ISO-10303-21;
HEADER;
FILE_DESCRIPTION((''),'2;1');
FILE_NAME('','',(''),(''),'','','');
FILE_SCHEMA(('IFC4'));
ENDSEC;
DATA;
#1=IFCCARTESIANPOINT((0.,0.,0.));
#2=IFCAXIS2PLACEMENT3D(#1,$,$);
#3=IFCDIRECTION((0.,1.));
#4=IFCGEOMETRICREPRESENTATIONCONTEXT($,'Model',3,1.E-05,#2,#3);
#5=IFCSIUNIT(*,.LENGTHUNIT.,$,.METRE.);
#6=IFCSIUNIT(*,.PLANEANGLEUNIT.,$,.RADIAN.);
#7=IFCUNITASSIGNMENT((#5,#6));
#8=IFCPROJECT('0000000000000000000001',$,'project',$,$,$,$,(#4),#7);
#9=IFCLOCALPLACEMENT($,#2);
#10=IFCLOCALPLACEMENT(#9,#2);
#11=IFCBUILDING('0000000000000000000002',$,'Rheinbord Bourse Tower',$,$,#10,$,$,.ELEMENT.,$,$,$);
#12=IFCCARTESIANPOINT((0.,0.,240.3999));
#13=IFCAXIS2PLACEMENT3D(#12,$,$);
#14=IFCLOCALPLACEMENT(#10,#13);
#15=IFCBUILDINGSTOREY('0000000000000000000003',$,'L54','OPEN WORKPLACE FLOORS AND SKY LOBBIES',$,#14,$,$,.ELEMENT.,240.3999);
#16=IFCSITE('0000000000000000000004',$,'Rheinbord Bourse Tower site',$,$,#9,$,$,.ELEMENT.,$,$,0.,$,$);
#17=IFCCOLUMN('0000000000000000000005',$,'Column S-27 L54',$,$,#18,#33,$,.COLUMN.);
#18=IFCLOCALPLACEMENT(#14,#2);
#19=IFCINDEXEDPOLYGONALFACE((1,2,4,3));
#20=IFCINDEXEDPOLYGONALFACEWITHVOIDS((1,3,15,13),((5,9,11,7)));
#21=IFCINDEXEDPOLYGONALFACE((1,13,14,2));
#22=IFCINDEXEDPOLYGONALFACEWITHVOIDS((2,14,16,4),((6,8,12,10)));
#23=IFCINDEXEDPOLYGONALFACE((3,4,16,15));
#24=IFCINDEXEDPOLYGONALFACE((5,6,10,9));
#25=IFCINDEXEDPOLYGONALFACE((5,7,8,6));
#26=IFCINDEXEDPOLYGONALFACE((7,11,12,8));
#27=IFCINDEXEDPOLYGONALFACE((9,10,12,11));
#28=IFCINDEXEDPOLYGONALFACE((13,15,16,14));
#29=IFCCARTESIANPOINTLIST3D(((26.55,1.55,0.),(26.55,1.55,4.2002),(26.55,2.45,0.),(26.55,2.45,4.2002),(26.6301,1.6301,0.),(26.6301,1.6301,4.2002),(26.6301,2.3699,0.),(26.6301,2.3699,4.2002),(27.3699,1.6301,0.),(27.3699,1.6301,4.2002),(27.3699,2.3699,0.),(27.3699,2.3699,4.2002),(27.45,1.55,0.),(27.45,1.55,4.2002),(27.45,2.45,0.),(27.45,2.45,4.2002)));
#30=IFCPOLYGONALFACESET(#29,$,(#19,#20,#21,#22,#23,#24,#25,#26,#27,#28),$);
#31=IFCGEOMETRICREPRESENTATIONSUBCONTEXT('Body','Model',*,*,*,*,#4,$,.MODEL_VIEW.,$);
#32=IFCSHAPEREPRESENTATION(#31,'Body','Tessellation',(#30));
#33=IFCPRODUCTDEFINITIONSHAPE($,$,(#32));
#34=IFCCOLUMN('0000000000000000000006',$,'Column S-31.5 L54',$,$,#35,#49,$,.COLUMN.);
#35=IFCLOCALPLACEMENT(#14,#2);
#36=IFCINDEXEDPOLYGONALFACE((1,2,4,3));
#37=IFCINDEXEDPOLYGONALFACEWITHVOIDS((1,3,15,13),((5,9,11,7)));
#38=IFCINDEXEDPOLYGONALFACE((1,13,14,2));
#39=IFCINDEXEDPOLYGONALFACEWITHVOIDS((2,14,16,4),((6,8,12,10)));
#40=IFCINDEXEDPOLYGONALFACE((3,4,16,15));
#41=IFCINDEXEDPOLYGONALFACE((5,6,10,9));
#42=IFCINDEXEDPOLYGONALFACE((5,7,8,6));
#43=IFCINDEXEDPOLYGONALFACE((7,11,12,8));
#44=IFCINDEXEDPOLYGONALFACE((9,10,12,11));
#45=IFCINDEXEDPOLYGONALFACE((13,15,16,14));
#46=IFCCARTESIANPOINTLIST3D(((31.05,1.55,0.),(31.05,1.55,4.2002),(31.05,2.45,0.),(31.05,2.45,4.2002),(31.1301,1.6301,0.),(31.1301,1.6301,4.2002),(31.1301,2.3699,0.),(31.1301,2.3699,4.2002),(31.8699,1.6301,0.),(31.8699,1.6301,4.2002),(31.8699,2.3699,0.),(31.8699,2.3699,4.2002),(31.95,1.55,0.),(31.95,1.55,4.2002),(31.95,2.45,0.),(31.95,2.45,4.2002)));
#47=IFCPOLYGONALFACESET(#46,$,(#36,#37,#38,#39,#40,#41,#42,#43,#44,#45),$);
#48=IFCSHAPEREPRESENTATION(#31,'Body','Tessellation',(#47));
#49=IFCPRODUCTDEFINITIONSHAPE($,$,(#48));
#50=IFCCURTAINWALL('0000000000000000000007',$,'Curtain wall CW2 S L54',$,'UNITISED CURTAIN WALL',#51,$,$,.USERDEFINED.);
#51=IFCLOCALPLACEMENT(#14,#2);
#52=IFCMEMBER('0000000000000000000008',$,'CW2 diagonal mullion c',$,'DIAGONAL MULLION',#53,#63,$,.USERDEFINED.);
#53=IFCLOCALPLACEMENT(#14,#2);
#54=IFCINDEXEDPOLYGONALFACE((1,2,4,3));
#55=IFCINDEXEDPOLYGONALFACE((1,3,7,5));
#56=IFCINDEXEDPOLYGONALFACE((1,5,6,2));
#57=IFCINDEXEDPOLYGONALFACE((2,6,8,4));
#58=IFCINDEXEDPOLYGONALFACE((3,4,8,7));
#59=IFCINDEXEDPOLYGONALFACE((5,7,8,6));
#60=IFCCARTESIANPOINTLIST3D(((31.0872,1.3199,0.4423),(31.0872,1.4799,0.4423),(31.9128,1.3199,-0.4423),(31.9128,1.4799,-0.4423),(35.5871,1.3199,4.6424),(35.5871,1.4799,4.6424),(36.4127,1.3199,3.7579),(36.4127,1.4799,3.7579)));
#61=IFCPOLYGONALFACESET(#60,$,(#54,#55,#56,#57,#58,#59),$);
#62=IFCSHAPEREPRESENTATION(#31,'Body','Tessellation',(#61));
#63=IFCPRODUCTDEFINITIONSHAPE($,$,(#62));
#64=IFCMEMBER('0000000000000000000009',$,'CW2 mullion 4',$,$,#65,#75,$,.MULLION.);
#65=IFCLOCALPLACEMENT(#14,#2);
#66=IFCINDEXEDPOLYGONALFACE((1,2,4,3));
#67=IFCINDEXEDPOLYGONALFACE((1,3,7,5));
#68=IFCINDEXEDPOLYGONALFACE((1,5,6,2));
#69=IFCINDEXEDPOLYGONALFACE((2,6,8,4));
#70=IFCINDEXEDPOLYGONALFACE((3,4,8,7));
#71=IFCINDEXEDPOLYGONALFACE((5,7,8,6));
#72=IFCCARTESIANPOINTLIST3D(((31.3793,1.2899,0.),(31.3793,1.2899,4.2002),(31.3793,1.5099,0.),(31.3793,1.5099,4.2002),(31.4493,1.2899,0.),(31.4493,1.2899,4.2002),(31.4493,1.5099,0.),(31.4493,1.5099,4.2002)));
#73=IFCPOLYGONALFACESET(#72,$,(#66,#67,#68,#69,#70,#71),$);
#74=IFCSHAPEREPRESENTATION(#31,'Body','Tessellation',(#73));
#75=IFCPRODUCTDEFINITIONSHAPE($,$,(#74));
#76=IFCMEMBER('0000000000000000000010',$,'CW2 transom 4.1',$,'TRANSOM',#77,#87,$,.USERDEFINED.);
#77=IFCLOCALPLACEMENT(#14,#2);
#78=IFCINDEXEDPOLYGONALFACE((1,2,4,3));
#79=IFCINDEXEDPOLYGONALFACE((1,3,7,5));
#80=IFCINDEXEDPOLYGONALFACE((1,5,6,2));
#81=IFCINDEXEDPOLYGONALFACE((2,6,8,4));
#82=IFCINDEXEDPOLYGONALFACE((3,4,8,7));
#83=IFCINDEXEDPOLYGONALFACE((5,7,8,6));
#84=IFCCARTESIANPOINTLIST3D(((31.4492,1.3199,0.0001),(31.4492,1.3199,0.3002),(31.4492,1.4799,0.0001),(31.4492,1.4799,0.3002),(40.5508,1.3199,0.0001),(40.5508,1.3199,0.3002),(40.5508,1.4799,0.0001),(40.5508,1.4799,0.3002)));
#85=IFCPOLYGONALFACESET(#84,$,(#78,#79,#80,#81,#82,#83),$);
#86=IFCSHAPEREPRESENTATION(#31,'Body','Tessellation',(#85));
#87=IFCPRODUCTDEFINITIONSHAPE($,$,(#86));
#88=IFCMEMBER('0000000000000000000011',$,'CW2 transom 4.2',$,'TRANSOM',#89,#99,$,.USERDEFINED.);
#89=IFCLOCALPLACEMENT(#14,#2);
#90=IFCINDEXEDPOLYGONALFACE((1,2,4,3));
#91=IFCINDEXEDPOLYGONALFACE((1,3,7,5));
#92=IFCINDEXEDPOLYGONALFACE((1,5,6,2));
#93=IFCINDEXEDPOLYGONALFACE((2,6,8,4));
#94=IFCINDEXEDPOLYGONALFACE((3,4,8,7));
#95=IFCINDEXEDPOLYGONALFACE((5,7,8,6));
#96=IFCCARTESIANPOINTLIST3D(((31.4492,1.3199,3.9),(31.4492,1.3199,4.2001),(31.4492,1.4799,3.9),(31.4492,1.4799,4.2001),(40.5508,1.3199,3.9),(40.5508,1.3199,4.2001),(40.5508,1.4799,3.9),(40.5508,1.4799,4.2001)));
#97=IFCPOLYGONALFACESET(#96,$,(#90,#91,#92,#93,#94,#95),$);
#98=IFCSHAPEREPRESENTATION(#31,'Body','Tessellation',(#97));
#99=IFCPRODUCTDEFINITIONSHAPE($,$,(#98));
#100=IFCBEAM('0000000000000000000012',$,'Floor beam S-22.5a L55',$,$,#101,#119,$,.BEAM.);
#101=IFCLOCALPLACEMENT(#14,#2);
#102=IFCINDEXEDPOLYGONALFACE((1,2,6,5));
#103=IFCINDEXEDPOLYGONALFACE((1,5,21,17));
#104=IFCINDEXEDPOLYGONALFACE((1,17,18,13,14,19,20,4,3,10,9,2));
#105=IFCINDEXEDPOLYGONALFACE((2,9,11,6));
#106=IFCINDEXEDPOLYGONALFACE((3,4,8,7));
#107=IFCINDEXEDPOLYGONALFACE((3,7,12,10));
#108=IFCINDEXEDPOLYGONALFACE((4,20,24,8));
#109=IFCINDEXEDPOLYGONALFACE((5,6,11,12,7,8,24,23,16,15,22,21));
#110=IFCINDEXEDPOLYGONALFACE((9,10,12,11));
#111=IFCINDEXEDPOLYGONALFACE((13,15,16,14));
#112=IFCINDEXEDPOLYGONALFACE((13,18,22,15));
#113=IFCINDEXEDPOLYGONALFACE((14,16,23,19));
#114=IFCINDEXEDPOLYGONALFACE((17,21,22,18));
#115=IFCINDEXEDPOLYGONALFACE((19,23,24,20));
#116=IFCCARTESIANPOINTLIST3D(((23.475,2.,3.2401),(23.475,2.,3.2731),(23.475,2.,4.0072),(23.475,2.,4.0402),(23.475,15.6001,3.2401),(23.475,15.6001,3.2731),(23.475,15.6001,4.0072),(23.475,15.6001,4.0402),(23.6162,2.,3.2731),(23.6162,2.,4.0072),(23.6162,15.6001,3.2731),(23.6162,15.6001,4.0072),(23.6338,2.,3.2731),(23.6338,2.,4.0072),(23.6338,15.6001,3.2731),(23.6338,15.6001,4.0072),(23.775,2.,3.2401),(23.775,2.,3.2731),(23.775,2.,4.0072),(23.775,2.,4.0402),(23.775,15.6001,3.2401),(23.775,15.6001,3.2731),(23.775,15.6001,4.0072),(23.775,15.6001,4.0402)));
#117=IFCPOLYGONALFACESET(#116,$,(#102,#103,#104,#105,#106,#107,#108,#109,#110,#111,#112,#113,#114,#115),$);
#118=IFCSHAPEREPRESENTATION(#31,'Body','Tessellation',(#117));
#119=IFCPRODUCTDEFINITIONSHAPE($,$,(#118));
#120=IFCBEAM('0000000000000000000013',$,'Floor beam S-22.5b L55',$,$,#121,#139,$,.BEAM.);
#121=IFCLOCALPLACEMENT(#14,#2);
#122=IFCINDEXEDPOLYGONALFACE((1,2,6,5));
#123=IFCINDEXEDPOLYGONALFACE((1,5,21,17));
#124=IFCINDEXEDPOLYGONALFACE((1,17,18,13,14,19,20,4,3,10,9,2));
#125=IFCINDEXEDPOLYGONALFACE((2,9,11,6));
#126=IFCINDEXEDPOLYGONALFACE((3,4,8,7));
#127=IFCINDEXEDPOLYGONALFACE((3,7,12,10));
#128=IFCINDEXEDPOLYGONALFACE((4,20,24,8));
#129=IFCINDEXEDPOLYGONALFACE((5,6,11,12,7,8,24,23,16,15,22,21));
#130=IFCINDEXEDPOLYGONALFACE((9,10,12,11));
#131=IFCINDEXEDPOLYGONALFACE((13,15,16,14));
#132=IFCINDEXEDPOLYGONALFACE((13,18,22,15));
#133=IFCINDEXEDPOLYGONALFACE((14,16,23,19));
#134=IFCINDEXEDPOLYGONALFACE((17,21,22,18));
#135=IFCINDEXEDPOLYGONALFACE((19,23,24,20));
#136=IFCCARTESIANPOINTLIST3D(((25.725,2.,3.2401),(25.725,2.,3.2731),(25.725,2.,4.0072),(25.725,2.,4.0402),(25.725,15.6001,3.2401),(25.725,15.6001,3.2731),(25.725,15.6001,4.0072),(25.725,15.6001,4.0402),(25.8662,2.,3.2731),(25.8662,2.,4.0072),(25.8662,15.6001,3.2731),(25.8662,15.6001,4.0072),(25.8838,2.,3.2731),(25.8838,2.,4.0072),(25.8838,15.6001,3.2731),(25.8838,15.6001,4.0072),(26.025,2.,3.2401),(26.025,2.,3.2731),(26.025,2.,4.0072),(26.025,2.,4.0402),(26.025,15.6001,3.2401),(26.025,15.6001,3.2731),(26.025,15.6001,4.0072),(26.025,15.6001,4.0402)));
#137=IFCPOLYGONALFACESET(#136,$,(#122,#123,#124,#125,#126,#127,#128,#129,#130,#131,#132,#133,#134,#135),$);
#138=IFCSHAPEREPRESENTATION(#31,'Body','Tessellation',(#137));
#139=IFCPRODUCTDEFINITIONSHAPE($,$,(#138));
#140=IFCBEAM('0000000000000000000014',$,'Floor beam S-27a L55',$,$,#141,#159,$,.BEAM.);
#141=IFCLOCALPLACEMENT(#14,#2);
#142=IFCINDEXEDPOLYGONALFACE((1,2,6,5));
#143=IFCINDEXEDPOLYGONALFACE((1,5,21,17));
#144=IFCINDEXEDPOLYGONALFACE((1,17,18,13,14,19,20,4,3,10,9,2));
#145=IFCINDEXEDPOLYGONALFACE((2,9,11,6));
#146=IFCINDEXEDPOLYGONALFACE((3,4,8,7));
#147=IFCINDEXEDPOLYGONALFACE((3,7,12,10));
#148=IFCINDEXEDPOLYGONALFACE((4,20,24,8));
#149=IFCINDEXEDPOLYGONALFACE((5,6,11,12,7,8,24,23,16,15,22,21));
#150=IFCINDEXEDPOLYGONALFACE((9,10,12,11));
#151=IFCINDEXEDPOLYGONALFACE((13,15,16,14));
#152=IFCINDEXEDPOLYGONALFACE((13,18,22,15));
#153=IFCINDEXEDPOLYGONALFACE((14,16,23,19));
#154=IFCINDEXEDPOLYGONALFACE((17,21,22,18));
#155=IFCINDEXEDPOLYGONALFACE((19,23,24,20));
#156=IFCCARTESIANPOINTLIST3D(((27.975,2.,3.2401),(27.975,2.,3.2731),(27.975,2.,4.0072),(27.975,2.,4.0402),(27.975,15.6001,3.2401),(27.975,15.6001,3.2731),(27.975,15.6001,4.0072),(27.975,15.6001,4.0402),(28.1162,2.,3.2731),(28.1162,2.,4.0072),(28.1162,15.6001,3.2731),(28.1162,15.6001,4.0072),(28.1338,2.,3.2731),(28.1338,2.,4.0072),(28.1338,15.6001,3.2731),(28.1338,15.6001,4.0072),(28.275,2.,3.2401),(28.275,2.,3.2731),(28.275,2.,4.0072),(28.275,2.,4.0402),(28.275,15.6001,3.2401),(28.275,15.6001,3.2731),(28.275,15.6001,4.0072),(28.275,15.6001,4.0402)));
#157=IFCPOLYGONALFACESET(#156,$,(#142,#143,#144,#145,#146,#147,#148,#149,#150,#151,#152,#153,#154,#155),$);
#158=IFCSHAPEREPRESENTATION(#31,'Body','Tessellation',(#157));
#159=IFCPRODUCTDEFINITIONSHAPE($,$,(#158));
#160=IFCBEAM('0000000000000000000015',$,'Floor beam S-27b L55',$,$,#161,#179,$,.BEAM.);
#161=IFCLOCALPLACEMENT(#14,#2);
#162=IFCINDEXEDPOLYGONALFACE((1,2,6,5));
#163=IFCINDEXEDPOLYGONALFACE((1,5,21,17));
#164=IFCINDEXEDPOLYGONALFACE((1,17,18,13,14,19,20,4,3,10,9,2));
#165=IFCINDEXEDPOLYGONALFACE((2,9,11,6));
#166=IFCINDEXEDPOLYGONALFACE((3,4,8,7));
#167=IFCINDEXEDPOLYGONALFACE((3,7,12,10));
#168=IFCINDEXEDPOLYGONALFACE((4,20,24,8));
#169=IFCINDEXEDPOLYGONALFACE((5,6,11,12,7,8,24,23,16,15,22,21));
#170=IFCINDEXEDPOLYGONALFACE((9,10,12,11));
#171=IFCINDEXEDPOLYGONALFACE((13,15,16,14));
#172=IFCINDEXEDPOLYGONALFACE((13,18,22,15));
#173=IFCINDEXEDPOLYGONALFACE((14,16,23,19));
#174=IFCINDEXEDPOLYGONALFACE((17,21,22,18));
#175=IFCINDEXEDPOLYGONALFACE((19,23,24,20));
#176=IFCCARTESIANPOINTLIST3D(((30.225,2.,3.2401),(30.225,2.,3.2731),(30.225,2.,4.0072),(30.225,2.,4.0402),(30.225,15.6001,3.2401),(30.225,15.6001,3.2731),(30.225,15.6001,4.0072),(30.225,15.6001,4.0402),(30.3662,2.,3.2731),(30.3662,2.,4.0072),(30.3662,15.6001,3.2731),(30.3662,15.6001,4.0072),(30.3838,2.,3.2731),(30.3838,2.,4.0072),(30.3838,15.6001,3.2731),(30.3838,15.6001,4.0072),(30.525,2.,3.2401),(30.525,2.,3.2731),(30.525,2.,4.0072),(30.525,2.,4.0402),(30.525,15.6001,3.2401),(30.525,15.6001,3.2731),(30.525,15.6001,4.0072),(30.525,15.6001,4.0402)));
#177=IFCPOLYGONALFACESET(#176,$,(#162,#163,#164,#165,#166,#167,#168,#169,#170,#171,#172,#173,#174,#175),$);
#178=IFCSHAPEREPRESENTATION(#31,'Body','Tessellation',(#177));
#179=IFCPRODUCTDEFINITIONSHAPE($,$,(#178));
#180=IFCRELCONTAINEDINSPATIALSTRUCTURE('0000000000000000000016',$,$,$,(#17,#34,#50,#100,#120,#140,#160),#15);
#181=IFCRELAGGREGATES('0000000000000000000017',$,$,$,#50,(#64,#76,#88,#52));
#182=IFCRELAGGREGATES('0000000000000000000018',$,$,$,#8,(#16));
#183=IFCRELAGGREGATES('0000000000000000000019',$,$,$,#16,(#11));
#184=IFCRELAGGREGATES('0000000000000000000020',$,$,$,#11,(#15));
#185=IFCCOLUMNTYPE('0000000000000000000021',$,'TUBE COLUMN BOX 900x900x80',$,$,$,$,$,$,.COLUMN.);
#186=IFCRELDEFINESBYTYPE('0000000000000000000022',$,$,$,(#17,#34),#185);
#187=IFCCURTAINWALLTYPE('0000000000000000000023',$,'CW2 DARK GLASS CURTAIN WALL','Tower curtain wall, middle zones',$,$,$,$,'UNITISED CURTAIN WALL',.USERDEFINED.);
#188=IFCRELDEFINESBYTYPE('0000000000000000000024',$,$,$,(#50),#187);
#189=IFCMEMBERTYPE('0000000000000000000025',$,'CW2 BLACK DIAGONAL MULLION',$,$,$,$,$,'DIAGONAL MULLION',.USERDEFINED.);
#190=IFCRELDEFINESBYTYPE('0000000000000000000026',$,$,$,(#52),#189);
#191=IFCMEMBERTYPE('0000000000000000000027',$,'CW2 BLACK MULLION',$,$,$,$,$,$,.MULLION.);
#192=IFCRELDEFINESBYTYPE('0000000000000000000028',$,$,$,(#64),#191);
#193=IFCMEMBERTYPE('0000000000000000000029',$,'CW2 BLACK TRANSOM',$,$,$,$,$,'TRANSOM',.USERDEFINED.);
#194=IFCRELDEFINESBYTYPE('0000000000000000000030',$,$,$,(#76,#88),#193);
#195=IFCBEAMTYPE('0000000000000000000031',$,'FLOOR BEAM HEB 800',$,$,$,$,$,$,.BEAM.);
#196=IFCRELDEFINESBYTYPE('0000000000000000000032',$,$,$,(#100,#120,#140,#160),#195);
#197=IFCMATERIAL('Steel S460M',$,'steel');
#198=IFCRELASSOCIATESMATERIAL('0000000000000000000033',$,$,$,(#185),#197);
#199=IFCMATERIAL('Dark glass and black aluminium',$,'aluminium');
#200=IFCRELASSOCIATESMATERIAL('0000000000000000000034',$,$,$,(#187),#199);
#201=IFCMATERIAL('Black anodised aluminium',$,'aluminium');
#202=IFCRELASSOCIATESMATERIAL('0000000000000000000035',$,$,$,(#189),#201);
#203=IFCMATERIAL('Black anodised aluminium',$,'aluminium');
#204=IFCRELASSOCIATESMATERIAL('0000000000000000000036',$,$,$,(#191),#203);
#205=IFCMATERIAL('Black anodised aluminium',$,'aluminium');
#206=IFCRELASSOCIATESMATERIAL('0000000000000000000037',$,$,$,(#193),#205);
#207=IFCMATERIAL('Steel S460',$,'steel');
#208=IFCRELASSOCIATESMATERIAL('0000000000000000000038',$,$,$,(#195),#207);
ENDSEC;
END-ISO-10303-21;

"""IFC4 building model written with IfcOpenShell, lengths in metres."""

from ifc_helpers import new_model, si_unit, direction, frame, origin, origin_2d, place, context, subcontext, project, spatial, rectangle, hollow_rectangle, i_section, extrude, material, material_profile, profile_set, type_object, element, aggregate, save


model = new_model("IFC4")

# Units and contexts
model_context = context("Model", 3, precision=1e-05, world=origin(), true_north=direction((0.0, 1.0)))
body_context = subcontext(model_context, "Body", "Model", "MODEL_VIEW")
ifc_project = project(units=[si_unit("LENGTHUNIT", "METRE"), si_unit("PLANEANGLEUNIT", "RADIAN")], contexts=[model_context])

# Site, building, storey
site_placement = place(None, origin())
site = spatial("IfcSite", under=ifc_project, at=site_placement, Name="Rheinbord Bourse Tower site", CompositionType="ELEMENT", RefElevation=0.0)
building_placement = place(site_placement, origin())
building = spatial("IfcBuilding", under=site, at=building_placement, Name="Rheinbord Bourse Tower", CompositionType="ELEMENT")
storey_placement = place(building_placement, frame((0.0, 0.0, 240.3999)))
storey = spatial("IfcBuildingStorey", under=building, at=storey_placement, Name="L54", Description="OPEN WORKPLACE FLOORS AND SKY LOBBIES", CompositionType="ELEMENT", Elevation=240.3999)

# Columns
ifc_material_1 = material(Name="Steel S460M", Category="steel")
ifc_material_profile_1 = material_profile(ifc_material_1, hollow_rectangle(XDim=0.8999, YDim=0.8999, WallThickness=0.0801, at=origin_2d()), Name="BOX 900x900x80")
ifc_profile_set_1 = profile_set([ifc_material_profile_1], Name="Steel S460M")
column_type = type_object("IfcColumnType", Name="TUBE COLUMN BOX 900x900x80", PredefinedType="COLUMN", material=ifc_profile_set_1)
for number, where, z_axis, x_axis, name in (
    (1, (27.0, 2.0, 0.0), (0.0, 0.0, 1.0), (0.0, 1.0, 0.0), "Column S-27 L54"),
    (2, (31.5, 2.0, 0.0), (0.0, 0.0, 1.0), (0.0, 1.0, 0.0), "Column S-31.5 L54"),
):
    element("IfcColumn", number, at=place(storey_placement, frame(where, z_axis=z_axis, x_axis=x_axis)), inside=storey, type_object=column_type, Name=name, PredefinedType="COLUMN", context=body_context, shape_type="SweptSolid", body=[
        extrude(hollow_rectangle(XDim=0.8999, YDim=0.8999, WallThickness=0.0801, at=origin_2d()), origin(), (0.0, 0.0, 1.0), 4.2002),
    ])

# Curtain wall, members
ifc_material_2 = material(Name="Dark glass and black aluminium", Category="aluminium")
curtain_wall_type = type_object("IfcCurtainWallType", Name="CW2 DARK GLASS CURTAIN WALL", Description="Tower curtain wall, middle zones", ElementType="UNITISED CURTAIN WALL", PredefinedType="USERDEFINED", material=ifc_material_2)
curtain_wall_placement = place(storey_placement, origin())
curtain_wall = element("IfcCurtainWall", 3, at=curtain_wall_placement, inside=storey, type_object=curtain_wall_type, Name="Curtain wall CW2 S L54", ObjectType="UNITISED CURTAIN WALL", PredefinedType="USERDEFINED")
ifc_material_3 = material(Name="Black anodised aluminium", Category="aluminium")
ifc_material_profile_2 = material_profile(ifc_material_3, rectangle(XDim=0.1599, YDim=1.21, at=origin_2d()), Name="CW2 DIAGONAL MULLION 1210x160")
ifc_profile_set_2 = profile_set([ifc_material_profile_2], Name="Black anodised aluminium")
member_type_1 = type_object("IfcMemberType", Name="CW2 BLACK DIAGONAL MULLION", ElementType="DIAGONAL MULLION", PredefinedType="USERDEFINED", material=ifc_profile_set_2)
member_1_placement = place(storey_placement, frame((31.5, 1.3999, 0.0), z_axis=(0.731039, 0.0, 0.682335), x_axis=(0.0, 1.0, 0.0)))
member_1 = element("IfcMember", 4, at=member_1_placement, type_object=member_type_1, Name="CW2 diagonal mullion c", ObjectType="DIAGONAL MULLION", PredefinedType="USERDEFINED", context=body_context, shape_type="SweptSolid", body=[
    extrude(rectangle(XDim=0.1599, YDim=1.21, at=origin_2d()), origin(), (0.0, 0.0, 1.0), 6.1555),
])
ifc_material_4 = material(Name="Black anodised aluminium", Category="aluminium")
ifc_material_profile_3 = material_profile(ifc_material_4, rectangle(XDim=0.22, YDim=0.0701, at=origin_2d()), Name="CW2 MULLION 70x220")
ifc_profile_set_3 = profile_set([ifc_material_profile_3], Name="Black anodised aluminium")
member_type_2 = type_object("IfcMemberType", Name="CW2 BLACK MULLION", PredefinedType="MULLION", material=ifc_profile_set_3)
member_2_placement = place(storey_placement, frame((31.4143, 1.3999, 0.0), z_axis=(0.0, 0.0, 1.0), x_axis=(0.0, 1.0, 0.0)))
member_2 = element("IfcMember", 5, at=member_2_placement, type_object=member_type_2, Name="CW2 mullion 4", PredefinedType="MULLION", context=body_context, shape_type="SweptSolid", body=[
    extrude(rectangle(XDim=0.22, YDim=0.0701, at=origin_2d()), origin(), (0.0, 0.0, 1.0), 4.2002),
])
ifc_material_5 = material(Name="Black anodised aluminium", Category="aluminium")
ifc_material_profile_4 = material_profile(ifc_material_5, rectangle(XDim=0.1599, YDim=0.3, at=origin_2d()), Name="CW2 TRANSOM 300x160")
ifc_profile_set_4 = profile_set([ifc_material_profile_4], Name="Black anodised aluminium")
member_type_3 = type_object("IfcMemberType", Name="CW2 BLACK TRANSOM", ElementType="TRANSOM", PredefinedType="USERDEFINED", material=ifc_profile_set_4)
member_3_placement = place(storey_placement, frame((31.4492, 1.3999, 0.1501), z_axis=(1.0, 0.0, 0.0), x_axis=(0.0, 1.0, 0.0)))
member_3 = element("IfcMember", 6, at=member_3_placement, type_object=member_type_3, Name="CW2 transom 4.1", ObjectType="TRANSOM", PredefinedType="USERDEFINED", context=body_context, shape_type="SweptSolid", body=[
    extrude(rectangle(XDim=0.1599, YDim=0.3, at=origin_2d()), origin(), (0.0, 0.0, 1.0), 9.1016),
])
member_4_placement = place(storey_placement, frame((31.4492, 1.3999, 4.05), z_axis=(1.0, 0.0, 0.0), x_axis=(0.0, 1.0, 0.0)))
member_4 = element("IfcMember", 7, at=member_4_placement, type_object=member_type_3, Name="CW2 transom 4.2", ObjectType="TRANSOM", PredefinedType="USERDEFINED", context=body_context, shape_type="SweptSolid", body=[
    extrude(rectangle(XDim=0.1599, YDim=0.3, at=origin_2d()), origin(), (0.0, 0.0, 1.0), 9.1016),
])

# Beams
ifc_material_6 = material(Name="Steel S460", Category="steel")
ifc_material_profile_5 = material_profile(ifc_material_6, i_section(OverallWidth=0.3, OverallDepth=0.8, WebThickness=0.0176, FlangeThickness=0.033, at=origin_2d()), Name="HEB 800")
ifc_profile_set_5 = profile_set([ifc_material_profile_5], Name="Steel S460")
beam_type_1 = type_object("IfcBeamType", Name="FLOOR BEAM HEB 800", PredefinedType="BEAM", material=ifc_profile_set_5)
for number, where, z_axis, x_axis, name in (
    (8, (23.625, 2.0, 3.6401), (0.0, 1.0, 0.0), (-1.0, 0.0, 0.0), "Floor beam S-22.5a L55"),
    (9, (25.875, 2.0, 3.6401), (0.0, 1.0, 0.0), (-1.0, 0.0, 0.0), "Floor beam S-22.5b L55"),
    (10, (28.125, 2.0, 3.6401), (0.0, 1.0, 0.0), (-1.0, 0.0, 0.0), "Floor beam S-27a L55"),
    (11, (30.375, 2.0, 3.6401), (0.0, 1.0, 0.0), (-1.0, 0.0, 0.0), "Floor beam S-27b L55"),
):
    element("IfcBeam", number, at=place(storey_placement, frame(where, z_axis=z_axis, x_axis=x_axis)), inside=storey, type_object=beam_type_1, Name=name, PredefinedType="BEAM", context=body_context, shape_type="SweptSolid", body=[
        extrude(i_section(OverallWidth=0.3, OverallDepth=0.8, WebThickness=0.0176, FlangeThickness=0.033, at=origin_2d()), origin(), (0.0, 0.0, 1.0), 13.6001),
    ])

aggregate(curtain_wall, [member_2, member_3, member_4, member_1])

save(model, "model.ifc")
